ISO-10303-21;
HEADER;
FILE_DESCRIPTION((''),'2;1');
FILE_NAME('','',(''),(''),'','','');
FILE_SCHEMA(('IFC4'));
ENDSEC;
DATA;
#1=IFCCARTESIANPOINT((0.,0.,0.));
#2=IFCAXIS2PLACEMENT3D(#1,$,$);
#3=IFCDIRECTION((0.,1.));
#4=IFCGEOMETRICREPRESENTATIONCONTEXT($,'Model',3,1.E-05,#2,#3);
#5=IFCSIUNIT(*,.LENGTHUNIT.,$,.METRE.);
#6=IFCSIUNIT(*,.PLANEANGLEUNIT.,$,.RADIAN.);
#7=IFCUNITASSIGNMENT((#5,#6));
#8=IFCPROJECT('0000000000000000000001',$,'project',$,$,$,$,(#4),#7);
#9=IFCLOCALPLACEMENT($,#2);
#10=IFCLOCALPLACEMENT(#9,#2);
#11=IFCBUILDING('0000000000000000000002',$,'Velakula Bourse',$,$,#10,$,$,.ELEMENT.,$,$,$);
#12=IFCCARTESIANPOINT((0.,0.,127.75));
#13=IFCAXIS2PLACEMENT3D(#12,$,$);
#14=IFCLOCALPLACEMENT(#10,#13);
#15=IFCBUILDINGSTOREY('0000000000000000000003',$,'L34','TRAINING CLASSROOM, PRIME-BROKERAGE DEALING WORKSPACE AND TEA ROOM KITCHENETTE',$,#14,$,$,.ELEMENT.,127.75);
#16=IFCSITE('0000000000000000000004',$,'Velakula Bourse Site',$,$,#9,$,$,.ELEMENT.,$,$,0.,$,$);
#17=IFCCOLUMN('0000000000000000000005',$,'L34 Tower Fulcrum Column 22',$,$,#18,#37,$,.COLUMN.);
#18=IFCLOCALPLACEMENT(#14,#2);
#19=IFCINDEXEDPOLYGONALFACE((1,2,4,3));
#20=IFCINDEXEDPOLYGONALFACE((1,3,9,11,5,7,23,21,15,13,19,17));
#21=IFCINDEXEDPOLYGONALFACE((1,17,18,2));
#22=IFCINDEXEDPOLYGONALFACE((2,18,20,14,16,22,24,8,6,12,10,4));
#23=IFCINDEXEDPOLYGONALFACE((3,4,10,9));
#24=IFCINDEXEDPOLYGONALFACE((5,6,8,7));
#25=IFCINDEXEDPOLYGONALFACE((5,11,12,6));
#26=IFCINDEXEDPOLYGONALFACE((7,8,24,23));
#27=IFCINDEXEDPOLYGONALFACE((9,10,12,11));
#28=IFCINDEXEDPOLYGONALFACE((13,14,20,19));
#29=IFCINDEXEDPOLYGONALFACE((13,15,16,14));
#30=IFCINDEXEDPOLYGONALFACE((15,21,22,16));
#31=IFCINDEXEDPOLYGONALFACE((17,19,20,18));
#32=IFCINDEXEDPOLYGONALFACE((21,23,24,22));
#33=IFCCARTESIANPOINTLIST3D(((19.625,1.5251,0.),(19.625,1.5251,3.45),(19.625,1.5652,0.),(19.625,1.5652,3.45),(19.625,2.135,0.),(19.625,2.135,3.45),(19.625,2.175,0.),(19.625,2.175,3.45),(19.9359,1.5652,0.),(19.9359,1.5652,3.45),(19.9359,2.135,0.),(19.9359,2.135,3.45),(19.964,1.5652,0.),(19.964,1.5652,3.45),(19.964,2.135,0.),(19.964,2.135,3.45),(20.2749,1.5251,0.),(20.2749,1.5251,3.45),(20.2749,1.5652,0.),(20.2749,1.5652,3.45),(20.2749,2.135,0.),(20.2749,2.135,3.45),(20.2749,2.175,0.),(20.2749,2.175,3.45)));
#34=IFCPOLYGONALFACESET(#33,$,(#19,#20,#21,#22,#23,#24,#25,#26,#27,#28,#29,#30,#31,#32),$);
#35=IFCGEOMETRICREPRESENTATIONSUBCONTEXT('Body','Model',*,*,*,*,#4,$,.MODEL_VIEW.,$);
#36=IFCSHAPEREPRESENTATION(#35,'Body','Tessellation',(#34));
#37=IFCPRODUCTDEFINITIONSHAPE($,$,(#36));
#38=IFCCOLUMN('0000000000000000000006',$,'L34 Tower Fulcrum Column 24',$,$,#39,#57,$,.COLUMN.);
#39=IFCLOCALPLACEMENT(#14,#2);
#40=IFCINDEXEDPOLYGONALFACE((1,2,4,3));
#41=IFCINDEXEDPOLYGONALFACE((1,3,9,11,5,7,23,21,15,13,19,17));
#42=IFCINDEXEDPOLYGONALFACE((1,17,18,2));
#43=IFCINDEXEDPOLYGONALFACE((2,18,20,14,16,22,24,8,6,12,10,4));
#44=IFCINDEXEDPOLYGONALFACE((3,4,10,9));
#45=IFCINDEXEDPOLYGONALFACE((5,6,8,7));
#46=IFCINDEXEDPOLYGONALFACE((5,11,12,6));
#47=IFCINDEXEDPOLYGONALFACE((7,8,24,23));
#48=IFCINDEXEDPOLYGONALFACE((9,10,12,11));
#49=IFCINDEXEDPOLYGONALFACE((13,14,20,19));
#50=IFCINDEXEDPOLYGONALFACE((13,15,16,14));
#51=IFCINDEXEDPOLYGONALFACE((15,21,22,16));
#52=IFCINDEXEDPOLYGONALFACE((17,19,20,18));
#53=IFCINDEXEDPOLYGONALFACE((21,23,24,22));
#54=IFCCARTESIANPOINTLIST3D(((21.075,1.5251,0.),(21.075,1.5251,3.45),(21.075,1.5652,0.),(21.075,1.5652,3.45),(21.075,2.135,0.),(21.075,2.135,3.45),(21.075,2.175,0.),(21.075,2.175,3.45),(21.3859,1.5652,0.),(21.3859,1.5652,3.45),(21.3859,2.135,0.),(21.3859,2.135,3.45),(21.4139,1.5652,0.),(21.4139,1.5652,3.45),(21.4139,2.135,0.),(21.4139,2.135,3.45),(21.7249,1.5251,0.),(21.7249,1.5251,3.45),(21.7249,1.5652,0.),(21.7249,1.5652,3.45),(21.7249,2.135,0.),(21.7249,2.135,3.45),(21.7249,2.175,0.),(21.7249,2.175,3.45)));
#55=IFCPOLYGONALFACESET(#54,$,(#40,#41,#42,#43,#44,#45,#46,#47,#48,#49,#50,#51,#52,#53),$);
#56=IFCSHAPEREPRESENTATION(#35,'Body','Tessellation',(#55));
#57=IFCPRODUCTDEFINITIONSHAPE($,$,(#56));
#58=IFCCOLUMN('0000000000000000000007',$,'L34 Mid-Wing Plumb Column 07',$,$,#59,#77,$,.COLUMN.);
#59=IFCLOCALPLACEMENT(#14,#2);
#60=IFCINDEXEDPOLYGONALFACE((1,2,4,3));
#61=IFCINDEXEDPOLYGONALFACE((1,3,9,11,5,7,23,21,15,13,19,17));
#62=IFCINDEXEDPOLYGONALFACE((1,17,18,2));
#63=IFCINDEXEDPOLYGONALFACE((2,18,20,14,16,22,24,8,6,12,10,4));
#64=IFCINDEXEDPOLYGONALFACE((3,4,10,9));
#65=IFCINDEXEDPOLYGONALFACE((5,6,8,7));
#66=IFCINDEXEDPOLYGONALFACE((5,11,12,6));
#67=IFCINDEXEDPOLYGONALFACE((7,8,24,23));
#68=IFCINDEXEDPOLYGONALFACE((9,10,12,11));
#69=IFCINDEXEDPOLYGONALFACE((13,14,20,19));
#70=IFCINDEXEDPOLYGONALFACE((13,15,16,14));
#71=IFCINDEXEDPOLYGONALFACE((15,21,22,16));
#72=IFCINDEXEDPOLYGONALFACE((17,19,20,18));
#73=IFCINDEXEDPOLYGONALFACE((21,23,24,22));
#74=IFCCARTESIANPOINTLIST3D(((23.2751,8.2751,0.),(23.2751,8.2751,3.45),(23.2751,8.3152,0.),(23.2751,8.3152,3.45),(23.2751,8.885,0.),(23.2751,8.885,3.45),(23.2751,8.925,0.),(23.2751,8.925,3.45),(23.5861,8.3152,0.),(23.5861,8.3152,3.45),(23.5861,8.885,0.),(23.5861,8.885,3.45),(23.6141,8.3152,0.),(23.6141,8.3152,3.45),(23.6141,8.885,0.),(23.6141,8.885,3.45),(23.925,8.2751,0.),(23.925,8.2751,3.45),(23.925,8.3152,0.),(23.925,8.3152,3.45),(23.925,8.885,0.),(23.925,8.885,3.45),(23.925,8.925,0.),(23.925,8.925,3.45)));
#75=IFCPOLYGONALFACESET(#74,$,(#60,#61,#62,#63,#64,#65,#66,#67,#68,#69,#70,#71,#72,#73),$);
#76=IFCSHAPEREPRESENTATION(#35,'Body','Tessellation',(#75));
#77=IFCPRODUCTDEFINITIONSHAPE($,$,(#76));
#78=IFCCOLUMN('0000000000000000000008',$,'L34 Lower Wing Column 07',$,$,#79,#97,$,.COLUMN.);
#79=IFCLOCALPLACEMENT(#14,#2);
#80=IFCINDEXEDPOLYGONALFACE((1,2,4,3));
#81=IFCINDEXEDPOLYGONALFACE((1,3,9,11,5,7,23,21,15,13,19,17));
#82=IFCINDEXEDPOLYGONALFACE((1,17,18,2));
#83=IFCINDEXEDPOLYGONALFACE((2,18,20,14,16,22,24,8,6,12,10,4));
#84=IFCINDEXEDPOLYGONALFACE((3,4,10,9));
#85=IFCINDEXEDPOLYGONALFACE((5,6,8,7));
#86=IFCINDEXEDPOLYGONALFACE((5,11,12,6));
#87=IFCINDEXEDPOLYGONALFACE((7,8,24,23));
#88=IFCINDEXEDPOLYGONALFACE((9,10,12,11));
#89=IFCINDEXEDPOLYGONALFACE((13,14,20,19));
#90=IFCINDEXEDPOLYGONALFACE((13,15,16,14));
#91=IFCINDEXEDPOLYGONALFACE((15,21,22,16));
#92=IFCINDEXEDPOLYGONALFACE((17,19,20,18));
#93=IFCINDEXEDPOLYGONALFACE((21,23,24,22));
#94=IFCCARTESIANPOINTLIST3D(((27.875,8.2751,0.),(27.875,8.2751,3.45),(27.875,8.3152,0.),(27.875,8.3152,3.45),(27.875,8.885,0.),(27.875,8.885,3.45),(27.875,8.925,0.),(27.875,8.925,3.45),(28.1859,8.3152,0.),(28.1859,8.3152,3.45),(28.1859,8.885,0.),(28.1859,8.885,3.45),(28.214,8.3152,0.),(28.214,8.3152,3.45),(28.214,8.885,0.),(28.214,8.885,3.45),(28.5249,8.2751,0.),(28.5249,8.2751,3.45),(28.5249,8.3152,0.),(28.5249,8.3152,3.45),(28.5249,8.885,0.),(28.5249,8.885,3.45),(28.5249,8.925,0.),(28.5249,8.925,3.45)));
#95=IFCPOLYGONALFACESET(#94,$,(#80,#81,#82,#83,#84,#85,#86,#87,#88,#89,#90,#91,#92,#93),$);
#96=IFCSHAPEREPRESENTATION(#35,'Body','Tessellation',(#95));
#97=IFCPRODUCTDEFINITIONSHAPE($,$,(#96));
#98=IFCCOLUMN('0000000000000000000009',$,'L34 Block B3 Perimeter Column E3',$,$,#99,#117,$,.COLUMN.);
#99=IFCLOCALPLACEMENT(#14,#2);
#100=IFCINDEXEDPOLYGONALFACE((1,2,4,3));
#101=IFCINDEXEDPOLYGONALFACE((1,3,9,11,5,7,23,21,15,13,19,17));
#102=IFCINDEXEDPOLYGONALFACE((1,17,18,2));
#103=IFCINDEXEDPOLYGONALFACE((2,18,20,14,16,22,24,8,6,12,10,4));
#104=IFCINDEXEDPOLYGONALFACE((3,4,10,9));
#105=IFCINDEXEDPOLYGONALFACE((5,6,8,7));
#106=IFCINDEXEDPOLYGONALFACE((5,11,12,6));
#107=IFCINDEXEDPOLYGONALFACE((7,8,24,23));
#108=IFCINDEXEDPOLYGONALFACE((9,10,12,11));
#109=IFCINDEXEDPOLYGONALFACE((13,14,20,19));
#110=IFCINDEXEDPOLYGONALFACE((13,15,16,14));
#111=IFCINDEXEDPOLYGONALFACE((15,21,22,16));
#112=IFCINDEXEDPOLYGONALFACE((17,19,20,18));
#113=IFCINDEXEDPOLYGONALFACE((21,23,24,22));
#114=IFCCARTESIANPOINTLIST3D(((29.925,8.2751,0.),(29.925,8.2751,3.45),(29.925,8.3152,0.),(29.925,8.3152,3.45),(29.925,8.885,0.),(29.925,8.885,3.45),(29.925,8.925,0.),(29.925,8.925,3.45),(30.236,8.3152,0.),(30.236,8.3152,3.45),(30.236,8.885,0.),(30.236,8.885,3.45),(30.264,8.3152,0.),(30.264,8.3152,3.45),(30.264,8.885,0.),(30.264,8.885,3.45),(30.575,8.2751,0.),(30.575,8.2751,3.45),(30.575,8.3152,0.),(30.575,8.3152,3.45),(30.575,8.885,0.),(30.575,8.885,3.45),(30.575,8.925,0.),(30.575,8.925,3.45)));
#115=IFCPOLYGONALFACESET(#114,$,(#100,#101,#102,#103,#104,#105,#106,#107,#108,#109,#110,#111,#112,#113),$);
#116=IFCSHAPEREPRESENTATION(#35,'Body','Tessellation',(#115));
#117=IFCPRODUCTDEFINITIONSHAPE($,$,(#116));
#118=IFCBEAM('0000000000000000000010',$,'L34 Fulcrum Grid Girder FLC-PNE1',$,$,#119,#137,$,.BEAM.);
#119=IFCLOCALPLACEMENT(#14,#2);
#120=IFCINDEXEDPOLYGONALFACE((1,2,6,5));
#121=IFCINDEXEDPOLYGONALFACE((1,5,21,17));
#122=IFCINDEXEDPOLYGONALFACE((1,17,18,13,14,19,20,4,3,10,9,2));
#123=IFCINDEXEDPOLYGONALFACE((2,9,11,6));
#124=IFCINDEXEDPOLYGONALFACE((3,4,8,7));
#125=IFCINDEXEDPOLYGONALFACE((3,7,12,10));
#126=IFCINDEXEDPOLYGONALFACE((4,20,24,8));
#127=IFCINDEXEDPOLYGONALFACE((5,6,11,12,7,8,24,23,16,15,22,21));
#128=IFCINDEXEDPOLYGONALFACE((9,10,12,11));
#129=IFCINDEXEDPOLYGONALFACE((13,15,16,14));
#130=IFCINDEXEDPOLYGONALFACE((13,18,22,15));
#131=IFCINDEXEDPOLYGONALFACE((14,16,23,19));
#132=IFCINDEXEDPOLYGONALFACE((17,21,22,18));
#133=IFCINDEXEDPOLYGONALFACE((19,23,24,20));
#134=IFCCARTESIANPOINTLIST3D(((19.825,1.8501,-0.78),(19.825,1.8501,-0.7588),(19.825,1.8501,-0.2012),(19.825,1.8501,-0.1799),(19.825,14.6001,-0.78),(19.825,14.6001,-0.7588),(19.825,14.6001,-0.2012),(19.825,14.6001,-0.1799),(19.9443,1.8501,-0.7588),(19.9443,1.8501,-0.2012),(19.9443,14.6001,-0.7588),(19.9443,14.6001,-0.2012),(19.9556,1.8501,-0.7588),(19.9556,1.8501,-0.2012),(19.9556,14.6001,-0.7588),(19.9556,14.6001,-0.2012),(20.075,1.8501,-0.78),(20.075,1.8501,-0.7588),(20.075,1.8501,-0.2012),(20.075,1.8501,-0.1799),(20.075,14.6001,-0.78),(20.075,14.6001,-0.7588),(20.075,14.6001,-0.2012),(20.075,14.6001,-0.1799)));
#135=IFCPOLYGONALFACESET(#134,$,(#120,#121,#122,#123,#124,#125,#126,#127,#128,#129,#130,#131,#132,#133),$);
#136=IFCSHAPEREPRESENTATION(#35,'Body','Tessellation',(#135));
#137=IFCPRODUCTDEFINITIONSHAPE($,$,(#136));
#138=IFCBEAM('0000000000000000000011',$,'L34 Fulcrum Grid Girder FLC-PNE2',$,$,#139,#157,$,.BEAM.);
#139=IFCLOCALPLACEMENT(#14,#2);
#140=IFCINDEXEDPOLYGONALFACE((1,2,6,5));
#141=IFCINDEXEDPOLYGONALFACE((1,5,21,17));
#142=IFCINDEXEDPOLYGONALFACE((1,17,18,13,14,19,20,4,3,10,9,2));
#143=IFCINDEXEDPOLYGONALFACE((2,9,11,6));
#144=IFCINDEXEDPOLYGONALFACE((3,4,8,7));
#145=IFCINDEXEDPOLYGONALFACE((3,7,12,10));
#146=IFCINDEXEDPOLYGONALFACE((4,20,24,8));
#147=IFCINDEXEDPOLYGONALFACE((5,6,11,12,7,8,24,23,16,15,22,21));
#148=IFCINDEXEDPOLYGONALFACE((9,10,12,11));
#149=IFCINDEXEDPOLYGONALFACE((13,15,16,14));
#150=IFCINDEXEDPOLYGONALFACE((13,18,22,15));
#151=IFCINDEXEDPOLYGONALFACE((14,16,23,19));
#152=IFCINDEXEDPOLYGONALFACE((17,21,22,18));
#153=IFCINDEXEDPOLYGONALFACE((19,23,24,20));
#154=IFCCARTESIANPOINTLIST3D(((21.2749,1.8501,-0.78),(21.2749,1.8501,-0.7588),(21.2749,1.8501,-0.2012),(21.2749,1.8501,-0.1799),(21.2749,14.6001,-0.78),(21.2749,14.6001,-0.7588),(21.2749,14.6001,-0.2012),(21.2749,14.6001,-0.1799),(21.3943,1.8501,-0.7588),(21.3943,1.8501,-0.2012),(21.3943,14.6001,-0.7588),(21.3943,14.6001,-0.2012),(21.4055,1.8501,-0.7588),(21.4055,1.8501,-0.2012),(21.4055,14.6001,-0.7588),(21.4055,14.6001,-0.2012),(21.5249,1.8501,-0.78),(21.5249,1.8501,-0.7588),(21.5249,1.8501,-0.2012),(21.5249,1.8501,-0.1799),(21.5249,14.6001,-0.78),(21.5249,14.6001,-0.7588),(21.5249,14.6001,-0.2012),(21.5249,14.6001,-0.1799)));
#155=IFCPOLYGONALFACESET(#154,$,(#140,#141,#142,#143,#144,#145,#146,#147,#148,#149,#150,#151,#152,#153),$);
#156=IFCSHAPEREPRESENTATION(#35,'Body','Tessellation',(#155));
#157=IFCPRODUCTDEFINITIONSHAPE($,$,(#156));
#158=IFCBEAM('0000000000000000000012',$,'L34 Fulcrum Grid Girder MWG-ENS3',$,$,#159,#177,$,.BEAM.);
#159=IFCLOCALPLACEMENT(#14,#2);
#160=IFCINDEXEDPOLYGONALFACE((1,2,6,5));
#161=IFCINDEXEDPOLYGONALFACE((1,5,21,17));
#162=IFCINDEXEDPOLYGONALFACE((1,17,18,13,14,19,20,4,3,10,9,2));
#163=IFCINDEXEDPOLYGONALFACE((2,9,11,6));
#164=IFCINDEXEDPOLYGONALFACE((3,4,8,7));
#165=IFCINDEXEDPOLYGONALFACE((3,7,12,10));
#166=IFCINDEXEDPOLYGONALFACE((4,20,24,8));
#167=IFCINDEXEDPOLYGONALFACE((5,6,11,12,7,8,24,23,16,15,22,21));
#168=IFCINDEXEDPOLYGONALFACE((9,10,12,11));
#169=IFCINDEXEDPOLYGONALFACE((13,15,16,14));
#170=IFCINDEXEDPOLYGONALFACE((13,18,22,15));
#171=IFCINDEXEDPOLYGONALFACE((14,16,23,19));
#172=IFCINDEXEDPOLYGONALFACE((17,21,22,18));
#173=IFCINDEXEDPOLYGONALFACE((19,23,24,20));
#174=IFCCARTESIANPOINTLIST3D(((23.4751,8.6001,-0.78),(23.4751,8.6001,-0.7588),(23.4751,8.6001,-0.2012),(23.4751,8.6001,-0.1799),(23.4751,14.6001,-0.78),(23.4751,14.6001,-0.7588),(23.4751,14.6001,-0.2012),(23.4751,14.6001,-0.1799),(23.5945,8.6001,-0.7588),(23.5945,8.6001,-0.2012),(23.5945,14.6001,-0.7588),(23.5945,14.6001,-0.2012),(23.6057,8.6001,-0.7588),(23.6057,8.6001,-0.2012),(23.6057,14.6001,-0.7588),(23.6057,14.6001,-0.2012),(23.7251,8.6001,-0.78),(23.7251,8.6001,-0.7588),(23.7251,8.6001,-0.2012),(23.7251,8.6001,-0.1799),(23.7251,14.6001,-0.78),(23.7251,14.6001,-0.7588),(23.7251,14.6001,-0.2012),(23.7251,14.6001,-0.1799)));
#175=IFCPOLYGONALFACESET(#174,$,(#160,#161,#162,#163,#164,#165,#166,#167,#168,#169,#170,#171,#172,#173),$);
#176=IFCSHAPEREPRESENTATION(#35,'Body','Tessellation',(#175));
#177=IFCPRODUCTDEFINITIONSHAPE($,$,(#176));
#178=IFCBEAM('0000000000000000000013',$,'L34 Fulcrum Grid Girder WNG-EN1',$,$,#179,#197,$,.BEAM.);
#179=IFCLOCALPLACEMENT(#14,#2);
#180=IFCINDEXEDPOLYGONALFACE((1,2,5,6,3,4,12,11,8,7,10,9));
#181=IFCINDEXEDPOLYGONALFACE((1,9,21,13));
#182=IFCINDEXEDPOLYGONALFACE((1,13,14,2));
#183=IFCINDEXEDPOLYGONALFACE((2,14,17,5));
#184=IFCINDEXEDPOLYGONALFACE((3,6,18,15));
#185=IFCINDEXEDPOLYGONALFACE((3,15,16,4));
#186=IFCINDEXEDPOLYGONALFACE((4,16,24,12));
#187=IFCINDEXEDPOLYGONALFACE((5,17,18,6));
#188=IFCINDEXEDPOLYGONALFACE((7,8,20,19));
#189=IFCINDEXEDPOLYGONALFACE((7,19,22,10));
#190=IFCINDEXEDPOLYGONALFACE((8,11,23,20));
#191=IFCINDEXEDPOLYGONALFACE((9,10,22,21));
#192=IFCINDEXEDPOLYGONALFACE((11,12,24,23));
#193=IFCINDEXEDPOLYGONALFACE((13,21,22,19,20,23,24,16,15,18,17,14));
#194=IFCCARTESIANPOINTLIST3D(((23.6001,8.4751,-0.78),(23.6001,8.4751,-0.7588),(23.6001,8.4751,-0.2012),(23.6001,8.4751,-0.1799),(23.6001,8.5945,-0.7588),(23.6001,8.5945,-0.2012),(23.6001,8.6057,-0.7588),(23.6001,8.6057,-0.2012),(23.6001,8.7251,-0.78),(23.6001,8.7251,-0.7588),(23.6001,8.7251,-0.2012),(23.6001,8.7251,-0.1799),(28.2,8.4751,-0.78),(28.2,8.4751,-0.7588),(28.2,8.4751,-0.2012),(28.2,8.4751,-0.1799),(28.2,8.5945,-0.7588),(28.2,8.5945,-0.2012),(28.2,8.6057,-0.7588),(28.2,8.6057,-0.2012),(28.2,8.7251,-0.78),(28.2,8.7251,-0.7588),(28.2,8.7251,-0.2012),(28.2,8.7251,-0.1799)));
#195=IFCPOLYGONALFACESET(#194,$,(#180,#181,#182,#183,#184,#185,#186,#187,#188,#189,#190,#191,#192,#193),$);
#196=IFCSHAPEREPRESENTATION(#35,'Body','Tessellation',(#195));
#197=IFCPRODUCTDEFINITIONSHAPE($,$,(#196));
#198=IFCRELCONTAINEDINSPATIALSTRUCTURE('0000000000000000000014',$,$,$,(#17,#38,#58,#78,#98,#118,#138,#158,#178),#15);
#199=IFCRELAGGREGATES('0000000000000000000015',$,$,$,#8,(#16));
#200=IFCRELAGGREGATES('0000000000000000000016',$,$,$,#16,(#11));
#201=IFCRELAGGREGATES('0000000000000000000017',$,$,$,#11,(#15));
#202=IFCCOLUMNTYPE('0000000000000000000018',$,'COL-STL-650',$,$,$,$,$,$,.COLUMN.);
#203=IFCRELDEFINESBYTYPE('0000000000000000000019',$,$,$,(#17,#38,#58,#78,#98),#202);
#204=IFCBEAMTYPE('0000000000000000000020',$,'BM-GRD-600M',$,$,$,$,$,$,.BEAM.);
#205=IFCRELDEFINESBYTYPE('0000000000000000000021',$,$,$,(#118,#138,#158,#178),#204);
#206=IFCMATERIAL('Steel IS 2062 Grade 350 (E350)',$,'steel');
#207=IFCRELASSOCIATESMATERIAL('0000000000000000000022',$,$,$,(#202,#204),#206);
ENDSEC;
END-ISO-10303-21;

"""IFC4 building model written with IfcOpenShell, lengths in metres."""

from ifc_helpers import new_model, si_unit, direction, frame, origin, origin_2d, place, context, subcontext, project, spatial, i_section, extrude, material, material_profile, profile_set, type_object, element, save


model = new_model("IFC4")

# Units and contexts
model_context = context("Model", 3, precision=1e-05, world=origin(), true_north=direction((0.0, 1.0)))
body_context = subcontext(model_context, "Body", "Model", "MODEL_VIEW")
ifc_project = project(units=[si_unit("LENGTHUNIT", "METRE"), si_unit("PLANEANGLEUNIT", "RADIAN")], contexts=[model_context])

# Site, building, storey
site_placement = place(None, origin())
site = spatial("IfcSite", under=ifc_project, at=site_placement, Name="Velakula Bourse Site", CompositionType="ELEMENT", RefElevation=0.0)
building_placement = place(site_placement, origin())
building = spatial("IfcBuilding", under=site, at=building_placement, Name="Velakula Bourse", CompositionType="ELEMENT")
storey_placement = place(building_placement, frame((0.0, 0.0, 127.75)))
storey = spatial("IfcBuildingStorey", under=building, at=storey_placement, Name="L34", Description="TRAINING CLASSROOM, PRIME-BROKERAGE DEALING WORKSPACE AND TEA ROOM KITCHENETTE", CompositionType="ELEMENT", Elevation=127.75)

# Columns
ifc_material_1 = material(Name="Steel IS 2062 Grade 350 (E350)", Category="steel")
ifc_material_profile_1 = material_profile(ifc_material_1, i_section(OverallWidth=0.6499, OverallDepth=0.6499, WebThickness=0.0281, FlangeThickness=0.04, at=origin_2d()), Name="Steel IS 2062 Grade 350 (E350)")
ifc_profile_set_1 = profile_set([ifc_material_profile_1], Name="Steel IS 2062 Grade 350 (E350)")
column_type = type_object("IfcColumnType", Name="COL-STL-650", PredefinedType="COLUMN", material=ifc_profile_set_1)
for number, where, z_axis, x_axis, name in (
    (1, (19.95, 1.8501, 0.0), (0.0, 0.0, 1.0), (1.0, 0.0, 0.0), "L34 Tower Fulcrum Column 22"),
    (2, (21.3999, 1.8501, 0.0), (0.0, 0.0, 1.0), (1.0, 0.0, 0.0), "L34 Tower Fulcrum Column 24"),
    (3, (23.6001, 8.6001, 0.0), (0.0, 0.0, 1.0), (1.0, 0.0, 0.0), "L34 Mid-Wing Plumb Column 07"),
    (4, (28.2, 8.6001, 0.0), (0.0, 0.0, 1.0), (1.0, 0.0, 0.0), "L34 Lower Wing Column 07"),
    (5, (30.25, 8.6001, 0.0), (0.0, 0.0, 1.0), (1.0, 0.0, 0.0), "L34 Block B3 Perimeter Column E3"),
):
    element("IfcColumn", number, at=place(storey_placement, frame(where, z_axis=z_axis, x_axis=x_axis)), inside=storey, type_object=column_type, Name=name, PredefinedType="COLUMN", context=body_context, shape_type="SweptSolid", body=[
        extrude(i_section(OverallWidth=0.6499, OverallDepth=0.6499, WebThickness=0.0281, FlangeThickness=0.04, at=origin_2d()), origin(), (0.0, 0.0, 1.0), 3.45),
    ])

# Beams
ifc_material_profile_2 = material_profile(ifc_material_1, i_section(OverallWidth=0.25, OverallDepth=0.6001, WebThickness=0.0112, FlangeThickness=0.0212, at=origin_2d()), Name="Steel IS 2062 Grade 350 (E350)")
ifc_profile_set_2 = profile_set([ifc_material_profile_2], Name="Steel IS 2062 Grade 350 (E350)")
beam_type_1 = type_object("IfcBeamType", Name="BM-GRD-600M", PredefinedType="BEAM", material=ifc_profile_set_2)
for number, where, z_axis, x_axis, name in (
    (6, (19.95, 1.8501, -0.48), (0.0, 1.0, 0.0), (-1.0, 0.0, 0.0), "L34 Fulcrum Grid Girder FLC-PNE1"),
    (7, (21.3999, 1.8501, -0.48), (0.0, 1.0, 0.0), (-1.0, 0.0, 0.0), "L34 Fulcrum Grid Girder FLC-PNE2"),
):
    element("IfcBeam", number, at=place(storey_placement, frame(where, z_axis=z_axis, x_axis=x_axis)), inside=storey, type_object=beam_type_1, Name=name, PredefinedType="BEAM", context=body_context, shape_type="SweptSolid", body=[
        extrude(i_section(OverallWidth=0.25, OverallDepth=0.6001, WebThickness=0.0112, FlangeThickness=0.0212, at=origin_2d()), origin(), (0.0, 0.0, 1.0), 12.75),
    ])
beam_1_placement = place(storey_placement, frame((23.6001, 8.6001, -0.48), z_axis=(0.0, 1.0, 0.0), x_axis=(-1.0, 0.0, 0.0)))
element("IfcBeam", 8, at=beam_1_placement, inside=storey, type_object=beam_type_1, Name="L34 Fulcrum Grid Girder MWG-ENS3", PredefinedType="BEAM", context=body_context, shape_type="SweptSolid", body=[
    extrude(i_section(OverallWidth=0.25, OverallDepth=0.6001, WebThickness=0.0112, FlangeThickness=0.0212, at=origin_2d()), origin(), (0.0, 0.0, 1.0), 6.0),
])
beam_2_placement = place(storey_placement, frame((23.6001, 8.6001, -0.48), z_axis=(1.0, 0.0, 0.0), x_axis=(0.0, 1.0, 0.0)))
element("IfcBeam", 9, at=beam_2_placement, inside=storey, type_object=beam_type_1, Name="L34 Fulcrum Grid Girder WNG-EN1", PredefinedType="BEAM", context=body_context, shape_type="SweptSolid", body=[
    extrude(i_section(OverallWidth=0.25, OverallDepth=0.6001, WebThickness=0.0112, FlangeThickness=0.0212, at=origin_2d()), origin(), (0.0, 0.0, 1.0), 4.5999),
])

save(model, "model.ifc")
